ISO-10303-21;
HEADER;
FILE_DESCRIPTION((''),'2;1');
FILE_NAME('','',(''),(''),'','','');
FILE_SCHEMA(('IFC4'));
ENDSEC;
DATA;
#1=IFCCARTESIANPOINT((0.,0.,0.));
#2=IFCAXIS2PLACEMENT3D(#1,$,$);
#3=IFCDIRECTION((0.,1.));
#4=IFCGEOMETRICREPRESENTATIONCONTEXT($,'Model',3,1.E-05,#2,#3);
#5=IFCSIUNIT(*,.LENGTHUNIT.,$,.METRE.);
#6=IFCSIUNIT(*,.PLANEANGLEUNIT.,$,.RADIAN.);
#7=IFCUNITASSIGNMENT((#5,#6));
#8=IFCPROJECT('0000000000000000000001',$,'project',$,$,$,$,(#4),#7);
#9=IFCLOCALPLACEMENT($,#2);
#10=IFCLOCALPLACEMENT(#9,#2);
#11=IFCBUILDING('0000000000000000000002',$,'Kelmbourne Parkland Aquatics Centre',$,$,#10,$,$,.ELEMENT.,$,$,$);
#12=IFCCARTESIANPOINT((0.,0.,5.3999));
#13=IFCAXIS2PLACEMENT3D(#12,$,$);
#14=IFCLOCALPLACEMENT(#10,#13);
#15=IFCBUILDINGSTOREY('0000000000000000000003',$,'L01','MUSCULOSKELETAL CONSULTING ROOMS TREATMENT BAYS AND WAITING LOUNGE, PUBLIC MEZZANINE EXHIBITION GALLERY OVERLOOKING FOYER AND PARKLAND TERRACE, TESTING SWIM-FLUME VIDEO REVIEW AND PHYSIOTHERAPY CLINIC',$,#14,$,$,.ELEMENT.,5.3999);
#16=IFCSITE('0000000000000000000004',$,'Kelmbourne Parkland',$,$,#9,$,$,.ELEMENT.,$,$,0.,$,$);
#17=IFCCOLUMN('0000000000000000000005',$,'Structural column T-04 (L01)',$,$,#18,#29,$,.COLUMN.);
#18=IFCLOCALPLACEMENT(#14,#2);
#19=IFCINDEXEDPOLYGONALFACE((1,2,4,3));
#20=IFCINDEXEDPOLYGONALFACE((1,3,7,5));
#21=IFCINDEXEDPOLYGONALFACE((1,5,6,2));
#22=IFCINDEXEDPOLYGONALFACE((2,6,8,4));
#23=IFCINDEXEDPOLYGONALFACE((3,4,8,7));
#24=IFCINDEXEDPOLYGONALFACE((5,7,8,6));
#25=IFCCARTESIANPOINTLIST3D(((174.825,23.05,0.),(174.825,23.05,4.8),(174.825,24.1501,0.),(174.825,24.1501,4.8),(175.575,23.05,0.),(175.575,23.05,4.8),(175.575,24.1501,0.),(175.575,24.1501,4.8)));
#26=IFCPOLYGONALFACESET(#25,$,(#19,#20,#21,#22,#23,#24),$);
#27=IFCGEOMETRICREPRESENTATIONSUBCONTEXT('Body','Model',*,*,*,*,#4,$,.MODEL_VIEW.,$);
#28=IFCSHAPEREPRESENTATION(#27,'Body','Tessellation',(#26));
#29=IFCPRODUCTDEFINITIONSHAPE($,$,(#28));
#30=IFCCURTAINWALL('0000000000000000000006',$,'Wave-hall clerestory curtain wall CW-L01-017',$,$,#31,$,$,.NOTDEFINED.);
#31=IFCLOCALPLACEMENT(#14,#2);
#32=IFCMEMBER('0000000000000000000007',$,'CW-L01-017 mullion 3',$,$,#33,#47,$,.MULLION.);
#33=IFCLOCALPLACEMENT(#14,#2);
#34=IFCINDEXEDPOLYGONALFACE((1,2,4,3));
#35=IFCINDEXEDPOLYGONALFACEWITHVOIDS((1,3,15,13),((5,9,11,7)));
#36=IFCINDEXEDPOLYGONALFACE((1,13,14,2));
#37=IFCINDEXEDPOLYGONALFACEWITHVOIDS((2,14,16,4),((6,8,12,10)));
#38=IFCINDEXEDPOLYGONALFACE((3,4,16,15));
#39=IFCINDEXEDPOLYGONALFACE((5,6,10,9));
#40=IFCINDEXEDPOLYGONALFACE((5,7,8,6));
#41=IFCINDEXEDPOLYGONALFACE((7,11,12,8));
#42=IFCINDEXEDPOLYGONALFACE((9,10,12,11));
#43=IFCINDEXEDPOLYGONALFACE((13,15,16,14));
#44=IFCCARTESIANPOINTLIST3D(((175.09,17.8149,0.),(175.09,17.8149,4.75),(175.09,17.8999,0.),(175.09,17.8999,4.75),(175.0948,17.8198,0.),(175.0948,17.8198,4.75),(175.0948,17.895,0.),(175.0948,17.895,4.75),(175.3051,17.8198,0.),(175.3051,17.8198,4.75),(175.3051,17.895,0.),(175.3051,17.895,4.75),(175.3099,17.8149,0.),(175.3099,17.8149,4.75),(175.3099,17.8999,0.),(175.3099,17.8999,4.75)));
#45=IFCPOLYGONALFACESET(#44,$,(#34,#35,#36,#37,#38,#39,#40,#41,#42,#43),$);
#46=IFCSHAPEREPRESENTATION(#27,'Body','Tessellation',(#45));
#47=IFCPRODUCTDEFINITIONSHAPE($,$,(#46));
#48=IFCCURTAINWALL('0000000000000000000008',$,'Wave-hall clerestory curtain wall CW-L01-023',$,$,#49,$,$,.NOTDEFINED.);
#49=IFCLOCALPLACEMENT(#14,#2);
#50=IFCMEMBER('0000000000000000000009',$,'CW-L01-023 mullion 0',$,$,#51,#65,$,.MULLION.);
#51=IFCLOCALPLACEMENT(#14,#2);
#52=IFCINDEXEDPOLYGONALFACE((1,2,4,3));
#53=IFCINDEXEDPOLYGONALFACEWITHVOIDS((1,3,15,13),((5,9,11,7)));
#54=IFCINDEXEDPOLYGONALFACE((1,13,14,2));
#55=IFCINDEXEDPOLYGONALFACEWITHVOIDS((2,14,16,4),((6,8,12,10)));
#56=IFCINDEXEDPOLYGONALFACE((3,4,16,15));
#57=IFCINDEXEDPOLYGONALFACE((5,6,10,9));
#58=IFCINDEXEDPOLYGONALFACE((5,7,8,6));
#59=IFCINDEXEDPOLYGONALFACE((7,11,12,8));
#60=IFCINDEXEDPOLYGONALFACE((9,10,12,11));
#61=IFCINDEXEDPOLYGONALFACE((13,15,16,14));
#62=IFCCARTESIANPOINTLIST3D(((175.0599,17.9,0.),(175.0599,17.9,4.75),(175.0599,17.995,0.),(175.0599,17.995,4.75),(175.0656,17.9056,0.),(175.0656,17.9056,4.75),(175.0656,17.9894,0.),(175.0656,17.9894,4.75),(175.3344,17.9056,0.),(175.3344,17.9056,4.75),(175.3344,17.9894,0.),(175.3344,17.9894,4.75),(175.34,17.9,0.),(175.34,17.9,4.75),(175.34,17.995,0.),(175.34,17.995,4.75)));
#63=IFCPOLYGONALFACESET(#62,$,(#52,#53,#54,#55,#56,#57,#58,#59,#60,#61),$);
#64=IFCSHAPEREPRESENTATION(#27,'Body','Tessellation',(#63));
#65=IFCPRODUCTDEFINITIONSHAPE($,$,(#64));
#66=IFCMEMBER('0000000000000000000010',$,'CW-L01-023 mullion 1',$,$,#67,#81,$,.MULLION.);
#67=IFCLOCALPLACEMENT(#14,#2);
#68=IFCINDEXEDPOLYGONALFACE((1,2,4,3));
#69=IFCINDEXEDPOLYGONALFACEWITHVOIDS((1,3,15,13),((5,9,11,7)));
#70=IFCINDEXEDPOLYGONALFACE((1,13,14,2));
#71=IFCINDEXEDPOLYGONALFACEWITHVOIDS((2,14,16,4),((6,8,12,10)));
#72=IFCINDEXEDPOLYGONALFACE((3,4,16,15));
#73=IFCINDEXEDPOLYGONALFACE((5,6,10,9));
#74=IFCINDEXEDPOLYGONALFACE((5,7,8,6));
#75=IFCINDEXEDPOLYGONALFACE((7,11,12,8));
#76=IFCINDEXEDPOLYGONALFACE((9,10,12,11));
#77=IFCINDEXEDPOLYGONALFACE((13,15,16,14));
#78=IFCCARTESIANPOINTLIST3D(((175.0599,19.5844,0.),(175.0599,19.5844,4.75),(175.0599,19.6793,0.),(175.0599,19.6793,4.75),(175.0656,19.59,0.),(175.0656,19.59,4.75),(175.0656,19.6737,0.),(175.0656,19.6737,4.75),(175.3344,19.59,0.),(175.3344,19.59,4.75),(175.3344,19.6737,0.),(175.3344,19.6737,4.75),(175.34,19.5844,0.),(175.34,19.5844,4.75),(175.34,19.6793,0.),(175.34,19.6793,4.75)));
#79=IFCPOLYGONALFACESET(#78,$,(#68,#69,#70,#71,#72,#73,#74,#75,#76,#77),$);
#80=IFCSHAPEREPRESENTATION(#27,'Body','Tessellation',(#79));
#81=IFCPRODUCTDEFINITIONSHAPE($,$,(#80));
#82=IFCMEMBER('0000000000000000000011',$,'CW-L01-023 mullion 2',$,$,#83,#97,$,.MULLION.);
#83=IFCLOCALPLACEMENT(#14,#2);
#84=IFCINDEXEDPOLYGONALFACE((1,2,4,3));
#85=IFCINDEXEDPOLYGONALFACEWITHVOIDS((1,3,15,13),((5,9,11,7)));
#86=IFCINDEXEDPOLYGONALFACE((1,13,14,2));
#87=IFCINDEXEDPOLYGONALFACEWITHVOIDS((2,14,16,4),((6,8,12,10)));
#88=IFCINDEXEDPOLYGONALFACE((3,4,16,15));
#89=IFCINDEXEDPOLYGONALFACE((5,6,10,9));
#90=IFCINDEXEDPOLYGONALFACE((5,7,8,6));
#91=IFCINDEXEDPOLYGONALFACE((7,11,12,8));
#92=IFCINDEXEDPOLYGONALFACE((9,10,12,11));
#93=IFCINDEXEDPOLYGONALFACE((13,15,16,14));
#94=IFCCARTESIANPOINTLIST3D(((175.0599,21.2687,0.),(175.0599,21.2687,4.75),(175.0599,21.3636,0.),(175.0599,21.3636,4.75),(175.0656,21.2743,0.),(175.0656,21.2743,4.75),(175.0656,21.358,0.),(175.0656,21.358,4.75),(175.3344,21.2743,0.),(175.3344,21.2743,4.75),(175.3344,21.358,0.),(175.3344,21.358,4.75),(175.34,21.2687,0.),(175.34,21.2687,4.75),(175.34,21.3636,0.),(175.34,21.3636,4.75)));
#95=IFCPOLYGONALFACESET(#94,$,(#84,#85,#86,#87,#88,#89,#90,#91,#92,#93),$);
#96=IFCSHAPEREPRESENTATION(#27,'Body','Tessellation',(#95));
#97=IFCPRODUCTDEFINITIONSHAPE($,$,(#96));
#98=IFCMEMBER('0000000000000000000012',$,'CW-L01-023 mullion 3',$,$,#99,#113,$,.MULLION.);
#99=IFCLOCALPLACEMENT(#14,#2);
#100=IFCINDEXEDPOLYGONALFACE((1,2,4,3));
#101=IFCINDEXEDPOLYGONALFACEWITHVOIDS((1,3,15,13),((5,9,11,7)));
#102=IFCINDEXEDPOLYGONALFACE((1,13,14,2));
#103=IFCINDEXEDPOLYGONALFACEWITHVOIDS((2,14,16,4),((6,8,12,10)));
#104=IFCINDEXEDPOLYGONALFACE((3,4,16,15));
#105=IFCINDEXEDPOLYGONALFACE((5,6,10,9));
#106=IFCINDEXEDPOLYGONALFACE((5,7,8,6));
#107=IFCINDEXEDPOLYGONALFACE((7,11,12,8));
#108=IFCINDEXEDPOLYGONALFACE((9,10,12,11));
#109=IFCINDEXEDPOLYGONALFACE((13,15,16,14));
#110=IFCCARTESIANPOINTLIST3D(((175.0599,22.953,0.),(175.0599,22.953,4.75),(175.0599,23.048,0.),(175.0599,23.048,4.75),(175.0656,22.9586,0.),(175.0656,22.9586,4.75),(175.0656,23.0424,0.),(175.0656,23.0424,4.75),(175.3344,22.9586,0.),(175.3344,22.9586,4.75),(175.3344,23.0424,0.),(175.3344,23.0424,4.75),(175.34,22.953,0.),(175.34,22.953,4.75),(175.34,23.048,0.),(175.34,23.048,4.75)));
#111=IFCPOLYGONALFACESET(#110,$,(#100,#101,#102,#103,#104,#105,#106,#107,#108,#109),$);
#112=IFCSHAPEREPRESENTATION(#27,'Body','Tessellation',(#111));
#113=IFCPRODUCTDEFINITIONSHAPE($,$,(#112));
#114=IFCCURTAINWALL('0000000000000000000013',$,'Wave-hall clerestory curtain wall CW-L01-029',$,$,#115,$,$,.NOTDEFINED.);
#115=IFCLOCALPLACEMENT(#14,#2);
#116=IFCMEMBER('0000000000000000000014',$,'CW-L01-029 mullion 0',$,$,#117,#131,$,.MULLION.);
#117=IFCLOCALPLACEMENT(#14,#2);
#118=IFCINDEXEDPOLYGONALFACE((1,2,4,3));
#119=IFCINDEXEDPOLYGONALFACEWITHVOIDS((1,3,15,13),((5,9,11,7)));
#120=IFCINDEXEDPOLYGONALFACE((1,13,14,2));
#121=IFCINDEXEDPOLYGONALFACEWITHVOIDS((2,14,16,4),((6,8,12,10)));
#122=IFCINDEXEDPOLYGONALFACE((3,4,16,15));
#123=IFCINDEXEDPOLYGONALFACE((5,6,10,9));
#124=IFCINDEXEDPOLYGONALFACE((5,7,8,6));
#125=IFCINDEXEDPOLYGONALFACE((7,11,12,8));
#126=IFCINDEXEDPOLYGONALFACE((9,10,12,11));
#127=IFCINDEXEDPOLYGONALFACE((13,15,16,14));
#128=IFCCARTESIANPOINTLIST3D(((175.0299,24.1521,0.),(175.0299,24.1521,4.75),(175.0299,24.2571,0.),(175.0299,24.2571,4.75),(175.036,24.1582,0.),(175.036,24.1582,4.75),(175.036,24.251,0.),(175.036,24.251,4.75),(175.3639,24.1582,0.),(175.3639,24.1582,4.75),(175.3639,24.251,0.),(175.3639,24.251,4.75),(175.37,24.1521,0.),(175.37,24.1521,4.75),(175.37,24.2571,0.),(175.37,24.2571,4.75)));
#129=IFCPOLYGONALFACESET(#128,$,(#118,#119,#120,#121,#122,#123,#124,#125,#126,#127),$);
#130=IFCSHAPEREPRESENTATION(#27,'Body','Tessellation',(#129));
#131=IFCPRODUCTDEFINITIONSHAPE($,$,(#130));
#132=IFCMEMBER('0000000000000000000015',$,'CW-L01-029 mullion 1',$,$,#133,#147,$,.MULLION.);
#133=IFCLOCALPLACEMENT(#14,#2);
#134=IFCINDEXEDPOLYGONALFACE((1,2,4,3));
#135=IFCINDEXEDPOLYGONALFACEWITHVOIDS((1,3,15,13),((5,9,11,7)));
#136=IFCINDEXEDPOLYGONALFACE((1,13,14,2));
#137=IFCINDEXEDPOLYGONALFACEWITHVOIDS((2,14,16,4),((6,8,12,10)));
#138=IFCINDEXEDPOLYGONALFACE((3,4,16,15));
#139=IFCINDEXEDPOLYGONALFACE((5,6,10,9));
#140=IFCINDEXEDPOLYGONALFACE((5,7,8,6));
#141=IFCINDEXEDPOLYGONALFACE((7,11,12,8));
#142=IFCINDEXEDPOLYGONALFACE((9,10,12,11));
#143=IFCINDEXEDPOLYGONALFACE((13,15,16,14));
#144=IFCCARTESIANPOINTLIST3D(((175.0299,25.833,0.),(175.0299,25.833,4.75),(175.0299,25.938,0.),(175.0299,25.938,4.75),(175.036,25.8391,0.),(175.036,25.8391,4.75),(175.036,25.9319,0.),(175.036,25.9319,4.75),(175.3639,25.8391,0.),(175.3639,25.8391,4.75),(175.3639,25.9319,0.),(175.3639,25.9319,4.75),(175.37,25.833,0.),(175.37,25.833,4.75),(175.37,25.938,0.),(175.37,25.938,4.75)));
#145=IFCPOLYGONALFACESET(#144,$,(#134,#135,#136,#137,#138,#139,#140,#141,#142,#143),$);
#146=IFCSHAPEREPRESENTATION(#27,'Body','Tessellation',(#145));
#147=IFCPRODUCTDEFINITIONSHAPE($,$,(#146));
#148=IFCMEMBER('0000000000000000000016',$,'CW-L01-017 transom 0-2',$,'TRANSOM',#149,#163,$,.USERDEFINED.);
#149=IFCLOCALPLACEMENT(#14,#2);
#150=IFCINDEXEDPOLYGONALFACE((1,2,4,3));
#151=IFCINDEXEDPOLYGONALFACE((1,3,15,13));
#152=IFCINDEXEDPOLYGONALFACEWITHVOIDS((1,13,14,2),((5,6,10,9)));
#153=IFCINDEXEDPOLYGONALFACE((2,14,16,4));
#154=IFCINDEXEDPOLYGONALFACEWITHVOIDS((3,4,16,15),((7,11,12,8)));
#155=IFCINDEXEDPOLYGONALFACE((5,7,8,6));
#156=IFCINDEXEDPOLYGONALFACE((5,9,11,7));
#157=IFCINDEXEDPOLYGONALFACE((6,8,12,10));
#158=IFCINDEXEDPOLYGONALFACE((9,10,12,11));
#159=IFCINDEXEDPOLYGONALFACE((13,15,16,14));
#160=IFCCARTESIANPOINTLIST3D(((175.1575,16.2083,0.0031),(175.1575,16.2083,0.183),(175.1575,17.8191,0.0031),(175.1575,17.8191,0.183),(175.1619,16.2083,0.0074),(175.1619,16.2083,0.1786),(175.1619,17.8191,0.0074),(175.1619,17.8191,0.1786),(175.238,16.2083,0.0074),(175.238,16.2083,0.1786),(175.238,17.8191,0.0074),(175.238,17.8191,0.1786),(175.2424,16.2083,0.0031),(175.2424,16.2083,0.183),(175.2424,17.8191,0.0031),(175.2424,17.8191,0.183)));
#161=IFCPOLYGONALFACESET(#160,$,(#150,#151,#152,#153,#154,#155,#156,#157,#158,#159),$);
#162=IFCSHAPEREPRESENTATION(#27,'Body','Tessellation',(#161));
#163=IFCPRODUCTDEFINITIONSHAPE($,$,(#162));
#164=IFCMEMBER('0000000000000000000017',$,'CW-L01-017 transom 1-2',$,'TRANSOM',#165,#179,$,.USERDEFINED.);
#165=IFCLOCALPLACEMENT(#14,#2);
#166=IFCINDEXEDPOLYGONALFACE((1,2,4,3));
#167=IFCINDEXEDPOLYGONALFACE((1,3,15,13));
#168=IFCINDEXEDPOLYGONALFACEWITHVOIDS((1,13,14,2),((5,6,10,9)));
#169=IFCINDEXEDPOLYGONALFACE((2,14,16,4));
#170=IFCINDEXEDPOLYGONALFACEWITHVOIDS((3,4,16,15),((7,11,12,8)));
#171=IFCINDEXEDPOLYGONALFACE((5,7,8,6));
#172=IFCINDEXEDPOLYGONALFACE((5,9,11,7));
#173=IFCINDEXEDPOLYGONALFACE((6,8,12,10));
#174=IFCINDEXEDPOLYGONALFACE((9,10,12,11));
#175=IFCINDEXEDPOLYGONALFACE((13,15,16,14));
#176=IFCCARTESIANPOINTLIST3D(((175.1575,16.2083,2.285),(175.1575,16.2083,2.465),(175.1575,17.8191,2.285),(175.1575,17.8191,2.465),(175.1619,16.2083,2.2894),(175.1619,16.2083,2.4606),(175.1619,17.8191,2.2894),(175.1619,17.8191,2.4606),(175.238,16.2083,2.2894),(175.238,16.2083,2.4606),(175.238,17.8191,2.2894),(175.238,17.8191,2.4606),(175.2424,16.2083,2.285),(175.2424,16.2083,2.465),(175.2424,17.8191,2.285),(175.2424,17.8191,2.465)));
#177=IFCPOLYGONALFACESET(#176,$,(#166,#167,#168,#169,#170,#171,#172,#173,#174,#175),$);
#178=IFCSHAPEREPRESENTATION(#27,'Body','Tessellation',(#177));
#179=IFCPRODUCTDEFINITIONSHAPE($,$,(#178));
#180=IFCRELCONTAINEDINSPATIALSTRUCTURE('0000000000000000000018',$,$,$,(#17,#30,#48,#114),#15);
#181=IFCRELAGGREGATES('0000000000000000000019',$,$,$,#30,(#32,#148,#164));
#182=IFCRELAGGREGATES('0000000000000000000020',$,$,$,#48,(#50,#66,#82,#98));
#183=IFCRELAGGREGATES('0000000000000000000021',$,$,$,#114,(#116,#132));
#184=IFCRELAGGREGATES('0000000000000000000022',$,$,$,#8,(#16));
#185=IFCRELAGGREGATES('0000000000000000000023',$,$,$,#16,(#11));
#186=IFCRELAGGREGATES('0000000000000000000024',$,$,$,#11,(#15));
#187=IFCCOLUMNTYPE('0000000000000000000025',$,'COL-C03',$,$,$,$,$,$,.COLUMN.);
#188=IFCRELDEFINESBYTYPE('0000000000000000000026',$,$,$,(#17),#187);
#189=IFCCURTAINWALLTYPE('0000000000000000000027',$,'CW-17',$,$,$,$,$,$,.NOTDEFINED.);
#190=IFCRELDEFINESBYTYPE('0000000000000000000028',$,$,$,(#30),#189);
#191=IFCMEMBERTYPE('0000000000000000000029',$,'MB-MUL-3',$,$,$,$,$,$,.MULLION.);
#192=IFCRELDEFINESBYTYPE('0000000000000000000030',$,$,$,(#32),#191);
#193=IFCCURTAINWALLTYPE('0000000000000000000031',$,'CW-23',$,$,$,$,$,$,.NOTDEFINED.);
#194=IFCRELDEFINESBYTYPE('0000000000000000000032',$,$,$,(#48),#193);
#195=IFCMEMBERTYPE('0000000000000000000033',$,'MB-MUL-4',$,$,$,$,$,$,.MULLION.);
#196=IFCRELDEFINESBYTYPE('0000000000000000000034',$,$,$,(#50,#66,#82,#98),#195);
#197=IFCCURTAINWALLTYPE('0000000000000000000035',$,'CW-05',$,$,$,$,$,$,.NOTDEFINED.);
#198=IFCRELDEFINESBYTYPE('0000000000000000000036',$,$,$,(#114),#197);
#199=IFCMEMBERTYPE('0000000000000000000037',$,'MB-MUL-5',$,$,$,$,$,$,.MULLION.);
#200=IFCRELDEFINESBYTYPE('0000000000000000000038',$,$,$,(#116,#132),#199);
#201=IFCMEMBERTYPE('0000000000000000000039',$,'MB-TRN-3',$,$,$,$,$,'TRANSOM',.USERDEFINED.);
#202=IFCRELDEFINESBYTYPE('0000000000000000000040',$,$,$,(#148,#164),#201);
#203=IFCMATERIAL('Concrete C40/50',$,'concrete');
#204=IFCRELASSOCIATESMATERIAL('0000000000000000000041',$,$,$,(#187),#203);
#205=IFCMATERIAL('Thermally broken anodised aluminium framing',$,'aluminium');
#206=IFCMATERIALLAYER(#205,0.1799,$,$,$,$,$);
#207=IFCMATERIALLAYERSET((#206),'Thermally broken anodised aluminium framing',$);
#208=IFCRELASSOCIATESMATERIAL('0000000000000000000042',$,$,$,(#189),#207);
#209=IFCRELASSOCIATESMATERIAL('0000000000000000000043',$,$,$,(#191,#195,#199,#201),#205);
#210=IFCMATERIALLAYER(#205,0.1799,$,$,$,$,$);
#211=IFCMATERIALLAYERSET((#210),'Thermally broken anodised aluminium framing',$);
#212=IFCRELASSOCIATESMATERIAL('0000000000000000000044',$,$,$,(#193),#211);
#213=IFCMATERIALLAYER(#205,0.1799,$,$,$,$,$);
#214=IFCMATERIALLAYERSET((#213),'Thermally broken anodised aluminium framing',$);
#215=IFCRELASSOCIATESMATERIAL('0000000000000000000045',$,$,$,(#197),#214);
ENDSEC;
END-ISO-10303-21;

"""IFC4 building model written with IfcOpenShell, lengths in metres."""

from ifc_helpers import new_model, si_unit, direction, frame, origin, origin_2d, place, context, subcontext, project, spatial, rectangle, hollow_rectangle, extrude, material, layer, layer_set, material_profile, profile_set, type_object, element, aggregate, save


model = new_model("IFC4")

# Units and contexts
model_context = context("Model", 3, precision=1e-05, world=origin(), true_north=direction((0.0, 1.0)))
body_context = subcontext(model_context, "Body", "Model", "MODEL_VIEW")
ifc_project = project(units=[si_unit("LENGTHUNIT", "METRE"), si_unit("PLANEANGLEUNIT", "RADIAN")], contexts=[model_context])

# Site, building, storey
site_placement = place(None, origin())
site = spatial("IfcSite", under=ifc_project, at=site_placement, Name="Kelmbourne Parkland", CompositionType="ELEMENT", RefElevation=0.0)
building_placement = place(site_placement, origin())
building = spatial("IfcBuilding", under=site, at=building_placement, Name="Kelmbourne Parkland Aquatics Centre", CompositionType="ELEMENT")
storey_placement = place(building_placement, frame((0.0, 0.0, 5.3999)))
storey = spatial("IfcBuildingStorey", under=building, at=storey_placement, Name="L01", Description="MUSCULOSKELETAL CONSULTING ROOMS TREATMENT BAYS AND WAITING LOUNGE, PUBLIC MEZZANINE EXHIBITION GALLERY OVERLOOKING FOYER AND PARKLAND TERRACE, TESTING SWIM-FLUME VIDEO REVIEW AND PHYSIOTHERAPY CLINIC", CompositionType="ELEMENT", Elevation=5.3999)

# Column
ifc_material_1 = material(Name="Concrete C40/50", Category="concrete")
ifc_material_profile_1 = material_profile(ifc_material_1, rectangle(XDim=0.75, YDim=1.1001, at=origin_2d()), Name="RC 750x1100")
ifc_profile_set_1 = profile_set([ifc_material_profile_1], Name="Concrete C40/50")
column_type = type_object("IfcColumnType", Name="COL-C03", PredefinedType="COLUMN", material=ifc_profile_set_1)
column_placement = place(storey_placement, frame((175.2, 23.6001, 0.0), z_axis=(0.0, 0.0, 1.0), x_axis=(1.0, 0.0, 0.0)))
element("IfcColumn", 1, at=column_placement, inside=storey, type_object=column_type, Name="Structural column T-04 (L01)", PredefinedType="COLUMN", context=body_context, shape_type="SweptSolid", body=[
    extrude(rectangle(XDim=0.75, YDim=1.1001, at=origin_2d()), origin(), (0.0, 0.0, 1.0), 4.8),
])

# Curtain wall, member
ifc_material_2 = material(Name="Thermally broken anodised aluminium framing", Category="aluminium")
ifc_layer_1 = layer(ifc_material_2, 0.1799)
ifc_layer_set_1 = layer_set([ifc_layer_1], Name="Thermally broken anodised aluminium framing")
curtain_wall_type_1 = type_object("IfcCurtainWallType", Name="CW-17", PredefinedType="NOTDEFINED", material=ifc_layer_set_1)
curtain_wall_1_placement = place(storey_placement, origin())
curtain_wall_1 = element("IfcCurtainWall", 2, at=curtain_wall_1_placement, inside=storey, type_object=curtain_wall_type_1, Name="Wave-hall clerestory curtain wall CW-L01-017", PredefinedType="NOTDEFINED")
ifc_material_profile_2 = material_profile(ifc_material_2, hollow_rectangle(XDim=0.085, YDim=0.22, WallThickness=0.0049, at=origin_2d()), Name="CW-M 85x220")
ifc_profile_set_2 = profile_set([ifc_material_profile_2], Name="Thermally broken anodised aluminium framing")
member_type_1 = type_object("IfcMemberType", Name="MB-MUL-3", PredefinedType="MULLION", material=ifc_profile_set_2)
member_1_placement = place(storey_placement, frame((175.2, 17.8574, 0.0), z_axis=(0.0, 0.0, 1.0), x_axis=(0.0, 1.0, 0.0)))
member_1 = element("IfcMember", 3, at=member_1_placement, type_object=member_type_1, Name="CW-L01-017 mullion 3", PredefinedType="MULLION", context=body_context, shape_type="SweptSolid", body=[
    extrude(hollow_rectangle(XDim=0.085, YDim=0.22, WallThickness=0.0049, at=origin_2d()), origin(), (0.0, 0.0, 1.0), 4.75),
])

# Curtain walls, members
ifc_layer_2 = layer(ifc_material_2, 0.1799)
ifc_layer_set_2 = layer_set([ifc_layer_2], Name="Thermally broken anodised aluminium framing")
curtain_wall_type_2 = type_object("IfcCurtainWallType", Name="CW-23", PredefinedType="NOTDEFINED", material=ifc_layer_set_2)
curtain_wall_2_placement = place(storey_placement, origin())
curtain_wall_2 = element("IfcCurtainWall", 4, at=curtain_wall_2_placement, inside=storey, type_object=curtain_wall_type_2, Name="Wave-hall clerestory curtain wall CW-L01-023", PredefinedType="NOTDEFINED")
ifc_material_profile_3 = material_profile(ifc_material_2, hollow_rectangle(XDim=0.095, YDim=0.28, WallThickness=0.0056, at=origin_2d()), Name="CW-M 95x280")
ifc_profile_set_3 = profile_set([ifc_material_profile_3], Name="Thermally broken anodised aluminium framing")
member_type_2 = type_object("IfcMemberType", Name="MB-MUL-4", PredefinedType="MULLION", material=ifc_profile_set_3)
member_2_placement = place(storey_placement, frame((175.2, 17.9475, 0.0), z_axis=(0.0, 0.0, 1.0), x_axis=(0.0, 1.0, 0.0)))
member_2 = element("IfcMember", 5, at=member_2_placement, type_object=member_type_2, Name="CW-L01-023 mullion 0", PredefinedType="MULLION", context=body_context, shape_type="SweptSolid", body=[
    extrude(hollow_rectangle(XDim=0.095, YDim=0.28, WallThickness=0.0056, at=origin_2d()), origin(), (0.0, 0.0, 1.0), 4.75),
])
member_3_placement = place(storey_placement, frame((175.2, 19.6318, 0.0), z_axis=(0.0, 0.0, 1.0), x_axis=(0.0, 1.0, 0.0)))
member_3 = element("IfcMember", 6, at=member_3_placement, type_object=member_type_2, Name="CW-L01-023 mullion 1", PredefinedType="MULLION", context=body_context, shape_type="SweptSolid", body=[
    extrude(hollow_rectangle(XDim=0.095, YDim=0.28, WallThickness=0.0056, at=origin_2d()), origin(), (0.0, 0.0, 1.0), 4.75),
])
member_4_placement = place(storey_placement, frame((175.2, 21.3162, 0.0), z_axis=(0.0, 0.0, 1.0), x_axis=(0.0, 1.0, 0.0)))
member_4 = element("IfcMember", 7, at=member_4_placement, type_object=member_type_2, Name="CW-L01-023 mullion 2", PredefinedType="MULLION", context=body_context, shape_type="SweptSolid", body=[
    extrude(hollow_rectangle(XDim=0.095, YDim=0.28, WallThickness=0.0056, at=origin_2d()), origin(), (0.0, 0.0, 1.0), 4.75),
])
member_5_placement = place(storey_placement, frame((175.2, 23.0005, 0.0), z_axis=(0.0, 0.0, 1.0), x_axis=(0.0, 1.0, 0.0)))
member_5 = element("IfcMember", 8, at=member_5_placement, type_object=member_type_2, Name="CW-L01-023 mullion 3", PredefinedType="MULLION", context=body_context, shape_type="SweptSolid", body=[
    extrude(hollow_rectangle(XDim=0.095, YDim=0.28, WallThickness=0.0056, at=origin_2d()), origin(), (0.0, 0.0, 1.0), 4.75),
])
ifc_layer_3 = layer(ifc_material_2, 0.1799)
ifc_layer_set_3 = layer_set([ifc_layer_3], Name="Thermally broken anodised aluminium framing")
curtain_wall_type_3 = type_object("IfcCurtainWallType", Name="CW-05", PredefinedType="NOTDEFINED", material=ifc_layer_set_3)
curtain_wall_3_placement = place(storey_placement, origin())
curtain_wall_3 = element("IfcCurtainWall", 9, at=curtain_wall_3_placement, inside=storey, type_object=curtain_wall_type_3, Name="Wave-hall clerestory curtain wall CW-L01-029", PredefinedType="NOTDEFINED")
ifc_material_profile_4 = material_profile(ifc_material_2, hollow_rectangle(XDim=0.105, YDim=0.3401, WallThickness=0.0061, at=origin_2d()), Name="CW-M 105x340")
ifc_profile_set_4 = profile_set([ifc_material_profile_4], Name="Thermally broken anodised aluminium framing")
member_type_3 = type_object("IfcMemberType", Name="MB-MUL-5", PredefinedType="MULLION", material=ifc_profile_set_4)
member_6_placement = place(storey_placement, frame((175.2, 24.2046, 0.0), z_axis=(0.0, 0.0, 1.0), x_axis=(0.0, 1.0, 0.0)))
member_6 = element("IfcMember", 10, at=member_6_placement, type_object=member_type_3, Name="CW-L01-029 mullion 0", PredefinedType="MULLION", context=body_context, shape_type="SweptSolid", body=[
    extrude(hollow_rectangle(XDim=0.105, YDim=0.3401, WallThickness=0.0061, at=origin_2d()), origin(), (0.0, 0.0, 1.0), 4.75),
])
member_7_placement = place(storey_placement, frame((175.2, 25.8855, 0.0), z_axis=(0.0, 0.0, 1.0), x_axis=(0.0, 1.0, 0.0)))
member_7 = element("IfcMember", 11, at=member_7_placement, type_object=member_type_3, Name="CW-L01-029 mullion 1", PredefinedType="MULLION", context=body_context, shape_type="SweptSolid", body=[
    extrude(hollow_rectangle(XDim=0.105, YDim=0.3401, WallThickness=0.0061, at=origin_2d()), origin(), (0.0, 0.0, 1.0), 4.75),
])

# Members
ifc_material_profile_5 = material_profile(ifc_material_2, hollow_rectangle(XDim=0.085, YDim=0.1799, WallThickness=0.0044, at=origin_2d()), Name="CW-T 85x180")
ifc_profile_set_5 = profile_set([ifc_material_profile_5], Name="Thermally broken anodised aluminium framing")
member_type_4 = type_object("IfcMemberType", Name="MB-TRN-3", ElementType="TRANSOM", PredefinedType="USERDEFINED", material=ifc_profile_set_5)
member_8_placement = place(storey_placement, frame((175.2, 16.2083, 0.093), z_axis=(0.0, 1.0, 0.0), x_axis=(-1.0, 0.0, 0.0)))
member_8 = element("IfcMember", 12, at=member_8_placement, type_object=member_type_4, Name="CW-L01-017 transom 0-2", ObjectType="TRANSOM", PredefinedType="USERDEFINED", context=body_context, shape_type="SweptSolid", body=[
    extrude(hollow_rectangle(XDim=0.085, YDim=0.1799, WallThickness=0.0044, at=origin_2d()), origin(), (0.0, 0.0, 1.0), 1.6108),
])
member_9_placement = place(storey_placement, frame((175.2, 16.2083, 2.375), z_axis=(0.0, 1.0, 0.0), x_axis=(-1.0, 0.0, 0.0)))
member_9 = element("IfcMember", 13, at=member_9_placement, type_object=member_type_4, Name="CW-L01-017 transom 1-2", ObjectType="TRANSOM", PredefinedType="USERDEFINED", context=body_context, shape_type="SweptSolid", body=[
    extrude(hollow_rectangle(XDim=0.085, YDim=0.1799, WallThickness=0.0044, at=origin_2d()), origin(), (0.0, 0.0, 1.0), 1.6108),
])

aggregate(curtain_wall_1, [member_1, member_8, member_9])
aggregate(curtain_wall_2, [member_2, member_3, member_4, member_5])
aggregate(curtain_wall_3, [member_6, member_7])

save(model, "model.ifc")
